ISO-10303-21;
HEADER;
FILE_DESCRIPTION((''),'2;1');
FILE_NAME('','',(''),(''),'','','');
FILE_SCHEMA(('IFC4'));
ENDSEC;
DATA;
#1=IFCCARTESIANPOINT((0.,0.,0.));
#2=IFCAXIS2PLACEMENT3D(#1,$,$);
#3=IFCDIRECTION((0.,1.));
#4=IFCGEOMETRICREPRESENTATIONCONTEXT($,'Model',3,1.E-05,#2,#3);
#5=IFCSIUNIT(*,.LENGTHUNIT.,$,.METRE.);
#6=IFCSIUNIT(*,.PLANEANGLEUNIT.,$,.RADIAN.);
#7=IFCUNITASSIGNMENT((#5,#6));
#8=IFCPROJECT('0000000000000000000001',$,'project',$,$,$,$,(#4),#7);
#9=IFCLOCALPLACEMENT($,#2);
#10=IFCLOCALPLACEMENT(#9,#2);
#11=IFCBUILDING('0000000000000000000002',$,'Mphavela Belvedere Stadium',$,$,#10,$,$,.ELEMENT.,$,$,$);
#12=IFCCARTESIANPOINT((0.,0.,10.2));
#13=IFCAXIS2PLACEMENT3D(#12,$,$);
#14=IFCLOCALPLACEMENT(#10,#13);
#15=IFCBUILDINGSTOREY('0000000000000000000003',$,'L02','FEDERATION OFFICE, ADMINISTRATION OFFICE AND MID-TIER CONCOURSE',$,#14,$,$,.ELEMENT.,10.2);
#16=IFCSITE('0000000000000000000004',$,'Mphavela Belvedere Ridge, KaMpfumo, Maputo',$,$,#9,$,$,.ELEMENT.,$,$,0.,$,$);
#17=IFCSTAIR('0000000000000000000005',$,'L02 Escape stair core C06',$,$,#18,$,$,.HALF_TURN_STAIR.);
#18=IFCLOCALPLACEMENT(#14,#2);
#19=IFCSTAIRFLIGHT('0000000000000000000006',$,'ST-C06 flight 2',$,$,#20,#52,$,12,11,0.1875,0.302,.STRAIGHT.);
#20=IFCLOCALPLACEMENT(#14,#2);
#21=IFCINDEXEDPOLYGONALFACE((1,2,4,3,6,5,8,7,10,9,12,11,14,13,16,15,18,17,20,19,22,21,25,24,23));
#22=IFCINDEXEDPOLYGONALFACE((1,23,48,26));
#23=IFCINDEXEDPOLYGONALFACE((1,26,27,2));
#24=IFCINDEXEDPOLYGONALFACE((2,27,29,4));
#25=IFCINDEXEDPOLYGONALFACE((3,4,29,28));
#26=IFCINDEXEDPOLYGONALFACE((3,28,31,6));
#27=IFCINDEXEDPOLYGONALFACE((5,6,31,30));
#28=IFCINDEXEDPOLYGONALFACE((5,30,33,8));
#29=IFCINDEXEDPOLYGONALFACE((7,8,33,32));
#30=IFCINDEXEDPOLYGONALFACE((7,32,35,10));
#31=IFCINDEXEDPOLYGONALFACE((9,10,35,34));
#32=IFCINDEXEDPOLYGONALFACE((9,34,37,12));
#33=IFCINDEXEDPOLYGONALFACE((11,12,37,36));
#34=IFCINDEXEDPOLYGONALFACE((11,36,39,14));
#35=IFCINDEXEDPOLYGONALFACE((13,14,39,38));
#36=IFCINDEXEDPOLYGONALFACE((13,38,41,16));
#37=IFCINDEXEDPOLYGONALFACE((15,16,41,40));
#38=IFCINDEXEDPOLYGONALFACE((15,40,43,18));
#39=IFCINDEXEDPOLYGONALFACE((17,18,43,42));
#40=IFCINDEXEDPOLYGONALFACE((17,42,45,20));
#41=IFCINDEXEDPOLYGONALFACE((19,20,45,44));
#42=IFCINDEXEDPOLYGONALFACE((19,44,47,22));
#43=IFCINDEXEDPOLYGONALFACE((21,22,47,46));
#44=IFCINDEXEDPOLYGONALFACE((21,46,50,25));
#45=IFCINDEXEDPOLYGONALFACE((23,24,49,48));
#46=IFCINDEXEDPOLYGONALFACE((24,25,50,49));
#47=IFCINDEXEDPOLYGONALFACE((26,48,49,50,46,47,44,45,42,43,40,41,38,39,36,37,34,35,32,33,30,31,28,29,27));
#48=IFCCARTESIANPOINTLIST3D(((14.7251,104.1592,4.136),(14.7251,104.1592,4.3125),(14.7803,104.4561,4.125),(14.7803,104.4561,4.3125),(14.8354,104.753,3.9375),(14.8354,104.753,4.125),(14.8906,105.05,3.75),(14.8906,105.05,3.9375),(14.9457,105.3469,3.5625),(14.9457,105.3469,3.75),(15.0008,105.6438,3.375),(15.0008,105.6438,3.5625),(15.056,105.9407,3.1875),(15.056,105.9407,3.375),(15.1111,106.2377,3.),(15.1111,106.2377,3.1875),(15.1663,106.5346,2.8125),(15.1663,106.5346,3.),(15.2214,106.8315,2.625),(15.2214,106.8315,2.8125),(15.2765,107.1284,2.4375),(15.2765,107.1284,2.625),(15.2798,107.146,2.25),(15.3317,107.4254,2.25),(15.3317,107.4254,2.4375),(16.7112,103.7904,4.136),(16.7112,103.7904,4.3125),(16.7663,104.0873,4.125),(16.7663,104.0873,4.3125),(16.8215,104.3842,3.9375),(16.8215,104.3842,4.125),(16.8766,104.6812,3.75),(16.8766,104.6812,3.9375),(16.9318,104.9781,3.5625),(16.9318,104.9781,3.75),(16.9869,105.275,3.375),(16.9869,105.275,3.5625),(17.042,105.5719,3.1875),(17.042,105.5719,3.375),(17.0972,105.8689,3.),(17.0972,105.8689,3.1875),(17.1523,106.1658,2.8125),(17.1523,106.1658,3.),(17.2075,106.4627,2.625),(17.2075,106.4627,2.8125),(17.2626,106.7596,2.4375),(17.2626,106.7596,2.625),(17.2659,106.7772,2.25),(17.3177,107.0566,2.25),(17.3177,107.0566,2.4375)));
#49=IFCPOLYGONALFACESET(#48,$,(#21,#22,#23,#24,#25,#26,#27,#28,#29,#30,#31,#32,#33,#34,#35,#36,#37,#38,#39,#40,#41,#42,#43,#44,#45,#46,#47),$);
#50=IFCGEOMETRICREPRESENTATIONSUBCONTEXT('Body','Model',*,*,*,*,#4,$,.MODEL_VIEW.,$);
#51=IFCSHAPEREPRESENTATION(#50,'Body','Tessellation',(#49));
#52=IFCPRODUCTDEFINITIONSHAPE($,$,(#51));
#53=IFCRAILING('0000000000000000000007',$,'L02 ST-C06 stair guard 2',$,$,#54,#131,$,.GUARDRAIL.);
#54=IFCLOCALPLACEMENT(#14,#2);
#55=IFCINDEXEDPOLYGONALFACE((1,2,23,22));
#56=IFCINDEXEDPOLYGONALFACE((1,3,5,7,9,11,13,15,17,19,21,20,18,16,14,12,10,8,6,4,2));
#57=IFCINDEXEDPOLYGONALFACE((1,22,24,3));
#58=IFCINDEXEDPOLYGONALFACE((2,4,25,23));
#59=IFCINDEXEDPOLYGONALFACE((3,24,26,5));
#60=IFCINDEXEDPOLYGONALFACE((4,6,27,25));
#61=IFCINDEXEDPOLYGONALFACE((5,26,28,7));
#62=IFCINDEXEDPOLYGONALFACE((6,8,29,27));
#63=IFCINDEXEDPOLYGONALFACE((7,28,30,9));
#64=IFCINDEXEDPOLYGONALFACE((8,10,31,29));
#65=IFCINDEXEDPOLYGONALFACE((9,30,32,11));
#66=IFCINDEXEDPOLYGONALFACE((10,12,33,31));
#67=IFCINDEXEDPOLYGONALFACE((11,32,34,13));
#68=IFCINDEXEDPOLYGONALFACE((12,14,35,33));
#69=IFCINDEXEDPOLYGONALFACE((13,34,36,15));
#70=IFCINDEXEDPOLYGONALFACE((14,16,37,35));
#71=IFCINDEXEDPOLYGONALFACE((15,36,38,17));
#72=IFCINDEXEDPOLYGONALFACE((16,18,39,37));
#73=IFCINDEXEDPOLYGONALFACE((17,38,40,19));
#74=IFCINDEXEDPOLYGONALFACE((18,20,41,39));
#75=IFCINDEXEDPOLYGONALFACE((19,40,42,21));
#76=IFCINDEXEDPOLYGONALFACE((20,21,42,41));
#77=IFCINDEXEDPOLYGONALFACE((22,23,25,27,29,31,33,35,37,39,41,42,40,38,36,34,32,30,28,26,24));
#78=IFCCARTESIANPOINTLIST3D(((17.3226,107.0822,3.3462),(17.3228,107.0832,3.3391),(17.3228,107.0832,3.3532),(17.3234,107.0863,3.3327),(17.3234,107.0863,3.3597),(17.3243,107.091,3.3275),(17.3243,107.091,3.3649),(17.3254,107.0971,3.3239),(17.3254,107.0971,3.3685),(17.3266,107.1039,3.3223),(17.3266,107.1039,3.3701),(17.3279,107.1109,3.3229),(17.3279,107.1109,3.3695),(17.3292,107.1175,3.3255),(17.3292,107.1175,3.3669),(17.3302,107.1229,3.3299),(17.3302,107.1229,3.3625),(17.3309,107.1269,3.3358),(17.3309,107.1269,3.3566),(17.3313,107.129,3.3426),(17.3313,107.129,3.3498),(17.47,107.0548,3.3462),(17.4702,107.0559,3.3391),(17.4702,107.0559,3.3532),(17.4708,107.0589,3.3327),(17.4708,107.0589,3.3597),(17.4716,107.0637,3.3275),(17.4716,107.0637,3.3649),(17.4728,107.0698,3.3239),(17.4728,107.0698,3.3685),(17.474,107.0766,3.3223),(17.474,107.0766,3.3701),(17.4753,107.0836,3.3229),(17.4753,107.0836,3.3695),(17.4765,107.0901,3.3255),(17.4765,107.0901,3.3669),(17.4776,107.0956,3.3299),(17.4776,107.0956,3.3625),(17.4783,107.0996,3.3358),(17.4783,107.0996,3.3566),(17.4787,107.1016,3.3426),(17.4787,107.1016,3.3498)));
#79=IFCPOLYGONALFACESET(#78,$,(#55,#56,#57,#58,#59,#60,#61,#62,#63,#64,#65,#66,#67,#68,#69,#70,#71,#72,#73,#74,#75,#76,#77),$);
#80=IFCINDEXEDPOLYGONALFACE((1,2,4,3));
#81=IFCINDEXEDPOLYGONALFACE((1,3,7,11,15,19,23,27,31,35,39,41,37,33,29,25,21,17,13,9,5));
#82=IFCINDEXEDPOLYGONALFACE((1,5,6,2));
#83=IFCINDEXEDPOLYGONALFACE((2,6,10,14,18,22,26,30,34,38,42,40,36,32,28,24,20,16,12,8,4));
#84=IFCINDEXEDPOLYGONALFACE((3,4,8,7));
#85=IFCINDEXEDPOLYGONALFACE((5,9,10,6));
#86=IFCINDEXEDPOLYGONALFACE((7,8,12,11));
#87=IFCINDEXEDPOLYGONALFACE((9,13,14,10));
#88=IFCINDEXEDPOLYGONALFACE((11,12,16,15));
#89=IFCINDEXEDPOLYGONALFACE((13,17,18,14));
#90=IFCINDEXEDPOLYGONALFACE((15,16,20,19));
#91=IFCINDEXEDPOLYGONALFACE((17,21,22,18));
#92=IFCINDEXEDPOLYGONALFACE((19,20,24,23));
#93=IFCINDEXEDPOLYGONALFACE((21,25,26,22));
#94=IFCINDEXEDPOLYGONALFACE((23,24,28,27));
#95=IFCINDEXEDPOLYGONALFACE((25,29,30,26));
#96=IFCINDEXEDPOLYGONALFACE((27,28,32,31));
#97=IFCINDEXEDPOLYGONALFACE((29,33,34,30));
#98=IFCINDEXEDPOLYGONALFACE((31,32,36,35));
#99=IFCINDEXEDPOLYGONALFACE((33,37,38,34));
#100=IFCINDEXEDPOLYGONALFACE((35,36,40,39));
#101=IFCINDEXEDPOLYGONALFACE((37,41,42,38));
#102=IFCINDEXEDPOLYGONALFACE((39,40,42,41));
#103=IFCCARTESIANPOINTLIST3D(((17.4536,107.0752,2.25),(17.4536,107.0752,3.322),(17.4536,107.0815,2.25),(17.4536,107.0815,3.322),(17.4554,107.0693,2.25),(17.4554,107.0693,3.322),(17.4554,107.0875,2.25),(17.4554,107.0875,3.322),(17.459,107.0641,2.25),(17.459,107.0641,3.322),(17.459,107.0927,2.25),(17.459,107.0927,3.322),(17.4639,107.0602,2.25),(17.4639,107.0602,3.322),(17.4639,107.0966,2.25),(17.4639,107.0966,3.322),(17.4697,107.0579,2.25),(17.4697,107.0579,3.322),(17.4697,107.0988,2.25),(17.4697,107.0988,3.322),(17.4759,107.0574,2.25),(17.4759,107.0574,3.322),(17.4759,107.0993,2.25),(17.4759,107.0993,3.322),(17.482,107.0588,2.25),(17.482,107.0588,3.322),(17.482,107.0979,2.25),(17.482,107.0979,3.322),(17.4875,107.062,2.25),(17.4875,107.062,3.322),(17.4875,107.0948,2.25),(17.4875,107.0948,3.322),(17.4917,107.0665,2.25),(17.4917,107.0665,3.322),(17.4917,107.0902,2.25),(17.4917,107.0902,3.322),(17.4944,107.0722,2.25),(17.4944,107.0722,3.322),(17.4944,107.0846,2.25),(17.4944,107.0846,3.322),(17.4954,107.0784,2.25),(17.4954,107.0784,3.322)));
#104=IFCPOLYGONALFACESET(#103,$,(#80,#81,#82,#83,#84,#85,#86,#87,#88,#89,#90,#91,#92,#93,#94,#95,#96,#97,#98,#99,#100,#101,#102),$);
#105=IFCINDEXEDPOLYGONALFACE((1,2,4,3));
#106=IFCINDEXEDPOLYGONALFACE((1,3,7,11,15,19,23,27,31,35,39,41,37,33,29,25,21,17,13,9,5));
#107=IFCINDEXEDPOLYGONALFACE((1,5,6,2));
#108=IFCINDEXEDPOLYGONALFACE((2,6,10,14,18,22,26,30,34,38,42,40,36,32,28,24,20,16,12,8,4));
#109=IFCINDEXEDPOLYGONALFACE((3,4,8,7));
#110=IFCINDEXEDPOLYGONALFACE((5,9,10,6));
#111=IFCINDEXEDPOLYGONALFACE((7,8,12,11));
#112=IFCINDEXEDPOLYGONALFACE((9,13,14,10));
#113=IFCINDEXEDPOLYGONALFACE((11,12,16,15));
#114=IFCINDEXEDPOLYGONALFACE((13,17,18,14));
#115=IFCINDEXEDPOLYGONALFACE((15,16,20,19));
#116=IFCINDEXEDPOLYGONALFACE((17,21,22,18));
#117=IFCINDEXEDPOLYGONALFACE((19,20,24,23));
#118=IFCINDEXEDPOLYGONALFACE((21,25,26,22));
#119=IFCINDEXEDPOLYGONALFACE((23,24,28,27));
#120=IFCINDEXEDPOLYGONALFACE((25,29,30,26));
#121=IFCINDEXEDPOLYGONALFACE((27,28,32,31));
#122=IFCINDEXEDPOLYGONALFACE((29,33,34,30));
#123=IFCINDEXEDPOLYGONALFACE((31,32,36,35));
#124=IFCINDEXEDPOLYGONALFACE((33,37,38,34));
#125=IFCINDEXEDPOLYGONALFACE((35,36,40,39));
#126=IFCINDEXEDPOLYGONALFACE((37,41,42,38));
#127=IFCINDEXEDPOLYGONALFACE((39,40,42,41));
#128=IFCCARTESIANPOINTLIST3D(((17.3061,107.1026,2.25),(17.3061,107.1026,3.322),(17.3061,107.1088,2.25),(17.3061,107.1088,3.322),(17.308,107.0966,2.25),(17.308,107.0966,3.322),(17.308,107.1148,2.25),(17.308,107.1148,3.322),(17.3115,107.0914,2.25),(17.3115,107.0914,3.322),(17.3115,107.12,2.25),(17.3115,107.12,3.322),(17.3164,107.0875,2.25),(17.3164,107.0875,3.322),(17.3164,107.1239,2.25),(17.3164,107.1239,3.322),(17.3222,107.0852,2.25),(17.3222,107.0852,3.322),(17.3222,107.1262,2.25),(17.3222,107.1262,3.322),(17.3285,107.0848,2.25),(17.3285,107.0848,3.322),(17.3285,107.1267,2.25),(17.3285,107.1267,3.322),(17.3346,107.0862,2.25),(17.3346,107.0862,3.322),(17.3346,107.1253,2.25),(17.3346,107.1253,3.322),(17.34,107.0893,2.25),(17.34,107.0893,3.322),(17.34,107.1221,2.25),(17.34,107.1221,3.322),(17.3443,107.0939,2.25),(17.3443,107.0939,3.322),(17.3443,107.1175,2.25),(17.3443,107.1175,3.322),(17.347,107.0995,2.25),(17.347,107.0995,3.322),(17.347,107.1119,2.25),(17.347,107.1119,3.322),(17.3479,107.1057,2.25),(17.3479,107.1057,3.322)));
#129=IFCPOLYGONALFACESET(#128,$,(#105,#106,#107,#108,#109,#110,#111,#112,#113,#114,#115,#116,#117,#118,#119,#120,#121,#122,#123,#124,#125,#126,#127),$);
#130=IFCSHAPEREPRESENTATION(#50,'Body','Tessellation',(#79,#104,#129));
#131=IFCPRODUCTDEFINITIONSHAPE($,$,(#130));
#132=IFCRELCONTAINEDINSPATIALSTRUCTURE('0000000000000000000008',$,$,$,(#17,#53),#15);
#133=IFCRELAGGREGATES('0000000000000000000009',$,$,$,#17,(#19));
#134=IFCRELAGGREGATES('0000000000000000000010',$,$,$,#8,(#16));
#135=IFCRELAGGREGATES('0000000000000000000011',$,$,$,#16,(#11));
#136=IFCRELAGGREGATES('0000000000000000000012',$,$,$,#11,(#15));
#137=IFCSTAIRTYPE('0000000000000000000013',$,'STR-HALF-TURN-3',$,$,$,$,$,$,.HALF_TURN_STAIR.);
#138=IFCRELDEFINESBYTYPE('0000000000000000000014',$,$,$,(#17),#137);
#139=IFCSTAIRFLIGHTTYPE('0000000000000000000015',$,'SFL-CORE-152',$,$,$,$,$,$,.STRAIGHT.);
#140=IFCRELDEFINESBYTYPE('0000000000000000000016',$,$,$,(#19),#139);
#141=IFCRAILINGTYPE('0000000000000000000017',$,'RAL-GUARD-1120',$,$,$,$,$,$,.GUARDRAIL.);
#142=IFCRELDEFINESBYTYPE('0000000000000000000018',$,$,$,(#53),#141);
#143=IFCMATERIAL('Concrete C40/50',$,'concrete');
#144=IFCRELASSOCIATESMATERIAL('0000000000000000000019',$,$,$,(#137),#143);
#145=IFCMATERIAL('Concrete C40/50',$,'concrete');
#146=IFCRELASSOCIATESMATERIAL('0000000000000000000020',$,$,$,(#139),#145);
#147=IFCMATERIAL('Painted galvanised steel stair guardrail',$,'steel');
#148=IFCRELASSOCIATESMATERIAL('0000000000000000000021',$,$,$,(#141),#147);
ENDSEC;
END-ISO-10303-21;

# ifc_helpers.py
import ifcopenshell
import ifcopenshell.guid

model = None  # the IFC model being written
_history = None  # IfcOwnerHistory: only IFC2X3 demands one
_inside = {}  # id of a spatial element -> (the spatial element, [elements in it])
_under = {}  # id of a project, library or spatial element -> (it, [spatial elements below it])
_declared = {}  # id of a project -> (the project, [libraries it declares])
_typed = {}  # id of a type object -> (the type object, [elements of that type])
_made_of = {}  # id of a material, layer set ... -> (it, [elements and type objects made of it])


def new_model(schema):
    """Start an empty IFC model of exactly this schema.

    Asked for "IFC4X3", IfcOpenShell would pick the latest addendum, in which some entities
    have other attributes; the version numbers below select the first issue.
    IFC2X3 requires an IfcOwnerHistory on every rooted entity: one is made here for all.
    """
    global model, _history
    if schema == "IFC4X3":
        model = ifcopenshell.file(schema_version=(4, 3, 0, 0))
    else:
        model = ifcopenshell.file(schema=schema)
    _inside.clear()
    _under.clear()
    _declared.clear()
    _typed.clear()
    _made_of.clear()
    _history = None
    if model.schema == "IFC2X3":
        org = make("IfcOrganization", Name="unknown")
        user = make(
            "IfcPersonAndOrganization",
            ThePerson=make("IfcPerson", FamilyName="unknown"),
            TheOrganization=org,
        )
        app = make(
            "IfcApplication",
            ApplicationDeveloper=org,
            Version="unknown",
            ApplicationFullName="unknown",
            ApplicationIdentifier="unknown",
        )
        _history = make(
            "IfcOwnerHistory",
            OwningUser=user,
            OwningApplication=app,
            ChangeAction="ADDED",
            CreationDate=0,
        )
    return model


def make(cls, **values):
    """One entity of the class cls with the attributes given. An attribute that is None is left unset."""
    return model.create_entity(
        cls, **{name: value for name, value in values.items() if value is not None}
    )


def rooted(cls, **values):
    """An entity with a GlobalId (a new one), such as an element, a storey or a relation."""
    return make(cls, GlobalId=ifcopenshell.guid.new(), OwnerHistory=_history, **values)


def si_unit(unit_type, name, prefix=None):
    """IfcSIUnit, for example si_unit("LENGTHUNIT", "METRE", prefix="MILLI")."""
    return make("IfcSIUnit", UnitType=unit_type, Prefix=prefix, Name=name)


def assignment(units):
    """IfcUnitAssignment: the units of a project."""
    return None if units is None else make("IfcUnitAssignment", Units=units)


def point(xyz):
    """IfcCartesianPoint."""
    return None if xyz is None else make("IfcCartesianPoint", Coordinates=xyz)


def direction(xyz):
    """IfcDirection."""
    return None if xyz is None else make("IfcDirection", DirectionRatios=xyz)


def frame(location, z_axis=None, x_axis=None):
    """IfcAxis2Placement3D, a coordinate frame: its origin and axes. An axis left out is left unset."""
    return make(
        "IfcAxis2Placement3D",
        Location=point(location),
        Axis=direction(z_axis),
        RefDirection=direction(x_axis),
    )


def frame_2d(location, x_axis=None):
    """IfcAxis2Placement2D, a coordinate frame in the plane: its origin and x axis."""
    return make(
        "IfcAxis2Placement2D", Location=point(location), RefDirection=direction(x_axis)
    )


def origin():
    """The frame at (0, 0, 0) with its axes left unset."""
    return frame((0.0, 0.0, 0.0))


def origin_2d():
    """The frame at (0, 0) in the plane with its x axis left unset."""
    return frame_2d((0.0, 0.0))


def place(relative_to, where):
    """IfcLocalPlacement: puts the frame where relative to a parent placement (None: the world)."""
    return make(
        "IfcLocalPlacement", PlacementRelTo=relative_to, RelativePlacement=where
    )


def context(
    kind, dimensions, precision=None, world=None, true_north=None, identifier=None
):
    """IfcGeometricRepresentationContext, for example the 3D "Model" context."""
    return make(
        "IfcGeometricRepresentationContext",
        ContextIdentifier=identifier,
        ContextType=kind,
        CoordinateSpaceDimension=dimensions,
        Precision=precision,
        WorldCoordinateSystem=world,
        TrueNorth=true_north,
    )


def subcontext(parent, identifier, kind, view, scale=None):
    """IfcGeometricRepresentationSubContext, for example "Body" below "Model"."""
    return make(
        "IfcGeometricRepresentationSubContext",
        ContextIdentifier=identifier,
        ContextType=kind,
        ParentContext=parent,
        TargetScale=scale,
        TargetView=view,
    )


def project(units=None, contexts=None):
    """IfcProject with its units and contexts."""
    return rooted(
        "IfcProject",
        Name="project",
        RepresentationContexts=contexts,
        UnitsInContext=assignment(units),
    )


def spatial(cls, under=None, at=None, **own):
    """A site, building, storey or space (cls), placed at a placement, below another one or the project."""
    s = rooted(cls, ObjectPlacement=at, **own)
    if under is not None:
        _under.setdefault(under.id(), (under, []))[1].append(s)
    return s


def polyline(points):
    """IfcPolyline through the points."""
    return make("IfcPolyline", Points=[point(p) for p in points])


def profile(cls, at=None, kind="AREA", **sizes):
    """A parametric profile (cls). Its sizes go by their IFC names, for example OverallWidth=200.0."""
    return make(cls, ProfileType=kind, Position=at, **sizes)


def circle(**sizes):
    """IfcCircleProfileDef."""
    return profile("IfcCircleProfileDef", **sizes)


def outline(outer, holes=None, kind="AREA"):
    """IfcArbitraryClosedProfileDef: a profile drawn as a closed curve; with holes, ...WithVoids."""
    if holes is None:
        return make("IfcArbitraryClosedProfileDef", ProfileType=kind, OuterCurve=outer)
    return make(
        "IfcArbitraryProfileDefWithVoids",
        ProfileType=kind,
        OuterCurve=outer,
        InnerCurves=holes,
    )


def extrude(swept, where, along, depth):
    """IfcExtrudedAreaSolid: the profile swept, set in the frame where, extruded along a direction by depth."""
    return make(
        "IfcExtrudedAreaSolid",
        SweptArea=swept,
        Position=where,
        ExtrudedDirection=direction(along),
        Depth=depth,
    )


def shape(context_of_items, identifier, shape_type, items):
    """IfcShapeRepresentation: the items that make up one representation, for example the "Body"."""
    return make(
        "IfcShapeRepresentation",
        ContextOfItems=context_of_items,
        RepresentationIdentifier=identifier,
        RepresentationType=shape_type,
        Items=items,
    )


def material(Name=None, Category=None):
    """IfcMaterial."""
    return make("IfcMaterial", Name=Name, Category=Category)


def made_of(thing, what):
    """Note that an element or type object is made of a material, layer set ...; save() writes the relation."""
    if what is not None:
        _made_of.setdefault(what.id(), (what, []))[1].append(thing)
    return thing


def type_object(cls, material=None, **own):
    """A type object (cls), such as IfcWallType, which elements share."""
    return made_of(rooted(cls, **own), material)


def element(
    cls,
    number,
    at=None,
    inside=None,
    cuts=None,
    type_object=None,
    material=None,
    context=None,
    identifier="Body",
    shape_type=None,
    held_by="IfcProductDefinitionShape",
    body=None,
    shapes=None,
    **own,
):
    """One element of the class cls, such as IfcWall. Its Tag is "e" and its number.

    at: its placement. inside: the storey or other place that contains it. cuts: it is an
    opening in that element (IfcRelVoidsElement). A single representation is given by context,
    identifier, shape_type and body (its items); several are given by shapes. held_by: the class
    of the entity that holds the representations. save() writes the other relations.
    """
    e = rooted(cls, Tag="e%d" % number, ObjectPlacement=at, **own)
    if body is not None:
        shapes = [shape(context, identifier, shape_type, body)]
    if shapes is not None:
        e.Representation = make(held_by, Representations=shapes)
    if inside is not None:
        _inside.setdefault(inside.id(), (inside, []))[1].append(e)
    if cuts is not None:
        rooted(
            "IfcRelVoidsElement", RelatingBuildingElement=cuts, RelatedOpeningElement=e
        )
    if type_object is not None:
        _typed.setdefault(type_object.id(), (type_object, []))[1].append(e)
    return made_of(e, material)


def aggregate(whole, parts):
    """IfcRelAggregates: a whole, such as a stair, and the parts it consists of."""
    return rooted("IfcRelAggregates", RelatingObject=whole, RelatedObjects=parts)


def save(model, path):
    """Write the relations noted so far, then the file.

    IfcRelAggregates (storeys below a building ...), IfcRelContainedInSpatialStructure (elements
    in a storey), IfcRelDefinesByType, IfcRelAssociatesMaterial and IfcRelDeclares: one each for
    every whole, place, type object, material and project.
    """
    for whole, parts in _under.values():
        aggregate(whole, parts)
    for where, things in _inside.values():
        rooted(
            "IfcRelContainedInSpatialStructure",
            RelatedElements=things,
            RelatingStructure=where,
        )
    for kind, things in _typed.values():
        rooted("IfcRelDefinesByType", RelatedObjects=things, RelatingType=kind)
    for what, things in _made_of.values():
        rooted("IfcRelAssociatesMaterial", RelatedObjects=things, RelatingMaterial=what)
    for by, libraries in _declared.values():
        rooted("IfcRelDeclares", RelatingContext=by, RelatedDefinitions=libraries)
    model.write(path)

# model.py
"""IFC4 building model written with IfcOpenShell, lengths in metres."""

from ifc_helpers import new_model, si_unit, direction, frame, origin, origin_2d, place, context, subcontext, project, spatial, polyline, circle, outline, extrude, material, type_object, element, aggregate, save


model = new_model("IFC4")

# Units and contexts
model_context = context("Model", 3, precision=1e-05, world=origin(), true_north=direction((0.0, 1.0)))
body_context = subcontext(model_context, "Body", "Model", "MODEL_VIEW")
ifc_project = project(units=[si_unit("LENGTHUNIT", "METRE"), si_unit("PLANEANGLEUNIT", "RADIAN")], contexts=[model_context])

# Site, building, storey
site_placement = place(None, origin())
site = spatial("IfcSite", under=ifc_project, at=site_placement, Name="Mphavela Belvedere Ridge, KaMpfumo, Maputo", CompositionType="ELEMENT", RefElevation=0.0)
building_placement = place(site_placement, origin())
building = spatial("IfcBuilding", under=site, at=building_placement, Name="Mphavela Belvedere Stadium", CompositionType="ELEMENT")
storey_placement = place(building_placement, frame((0.0, 0.0, 10.2)))
storey = spatial("IfcBuildingStorey", under=building, at=storey_placement, Name="L02", Description="FEDERATION OFFICE, ADMINISTRATION OFFICE AND MID-TIER CONCOURSE", CompositionType="ELEMENT", Elevation=10.2)

# Stair, stair flight
ifc_material_1 = material(Name="Concrete C40/50", Category="concrete")
stair_type = type_object("IfcStairType", Name="STR-HALF-TURN-3", PredefinedType="HALF_TURN_STAIR", material=ifc_material_1)
stair_placement = place(storey_placement, origin())
stair = element("IfcStair", 1, at=stair_placement, inside=storey, type_object=stair_type, Name="L02 Escape stair core C06", PredefinedType="HALF_TURN_STAIR")
ifc_material_2 = material(Name="Concrete C40/50", Category="concrete")
stair_flight_type = type_object("IfcStairFlightType", Name="SFL-CORE-152", PredefinedType="STRAIGHT", material=ifc_material_2)
stair_flight_placement = place(storey_placement, frame((16.3247, 107.241, 2.25), z_axis=(0.0, 0.0, 1.0), x_axis=(-0.182579, -0.983191, 0.0)))
stair_flight = element("IfcStairFlight", 2, at=stair_flight_placement, type_object=stair_flight_type, Name="ST-C06 flight 2", NumberOfRisers=12, NumberOfTreads=11, PredefinedType="STRAIGHT", RiserHeight=0.1875, TreadLength=0.302, context=body_context, shape_type="SweptSolid", body=[
    extrude(outline(polyline([(0.0, 0.0), (0.0, 0.1875), (0.302, 0.1875), (0.302, 0.375), (0.604, 0.375), (0.604, 0.5625), (0.906, 0.5625), (0.906, 0.75), (1.208, 0.75), (1.208, 0.9375), (1.51, 0.9375), (1.51, 1.125), (1.812, 1.125), (1.812, 1.3125), (2.114, 1.3125), (2.114, 1.5), (2.416, 1.5), (2.416, 1.6875), (2.718, 1.6875), (2.718, 1.875), (3.02, 1.875), (3.02, 2.0625), (3.322, 2.0625), (3.322, 2.25), (3.322, 1.886), (0.2842, 0.0), (0.0, 0.0)])), frame((0.0, 1.01, 0.0), z_axis=(0.0, -1.0, 0.0), x_axis=(1.0, 0.0, 0.0)), (0.0, 0.0, 1.0), 2.02),
])
aggregate(stair, [stair_flight])

# Railing
ifc_material_3 = material(Name="Painted galvanised steel stair guardrail", Category="steel")
railing_type_1 = type_object("IfcRailingType", Name="RAL-GUARD-1120", PredefinedType="GUARDRAIL", material=ifc_material_3)
railing_1_placement = place(storey_placement, frame((17.4744, 107.0784, 2.25)))
element("IfcRailing", 3, at=railing_1_placement, inside=storey, type_object=railing_type_1, Name="L02 ST-C06 stair guard 2", PredefinedType="GUARDRAIL", context=body_context, shape_type="SweptSolid", body=[
    extrude(circle(Radius=0.0239, at=origin_2d()), frame((0.0, 0.0, 1.0962), z_axis=(-0.983239, 0.182322, 0.0), x_axis=(-0.182322, -0.983239, 0.0)), (0.0, 0.0, 1.0), 0.1499),
    extrude(circle(Radius=0.021, at=origin_2d()), origin(), (0.0, 0.0, 1.0), 1.072),
    extrude(circle(Radius=0.021, at=origin_2d()), frame((-0.1475, 0.0273, 0.0)), (0.0, 0.0, 1.0), 1.072),
])

save(model, "model.ifc")
